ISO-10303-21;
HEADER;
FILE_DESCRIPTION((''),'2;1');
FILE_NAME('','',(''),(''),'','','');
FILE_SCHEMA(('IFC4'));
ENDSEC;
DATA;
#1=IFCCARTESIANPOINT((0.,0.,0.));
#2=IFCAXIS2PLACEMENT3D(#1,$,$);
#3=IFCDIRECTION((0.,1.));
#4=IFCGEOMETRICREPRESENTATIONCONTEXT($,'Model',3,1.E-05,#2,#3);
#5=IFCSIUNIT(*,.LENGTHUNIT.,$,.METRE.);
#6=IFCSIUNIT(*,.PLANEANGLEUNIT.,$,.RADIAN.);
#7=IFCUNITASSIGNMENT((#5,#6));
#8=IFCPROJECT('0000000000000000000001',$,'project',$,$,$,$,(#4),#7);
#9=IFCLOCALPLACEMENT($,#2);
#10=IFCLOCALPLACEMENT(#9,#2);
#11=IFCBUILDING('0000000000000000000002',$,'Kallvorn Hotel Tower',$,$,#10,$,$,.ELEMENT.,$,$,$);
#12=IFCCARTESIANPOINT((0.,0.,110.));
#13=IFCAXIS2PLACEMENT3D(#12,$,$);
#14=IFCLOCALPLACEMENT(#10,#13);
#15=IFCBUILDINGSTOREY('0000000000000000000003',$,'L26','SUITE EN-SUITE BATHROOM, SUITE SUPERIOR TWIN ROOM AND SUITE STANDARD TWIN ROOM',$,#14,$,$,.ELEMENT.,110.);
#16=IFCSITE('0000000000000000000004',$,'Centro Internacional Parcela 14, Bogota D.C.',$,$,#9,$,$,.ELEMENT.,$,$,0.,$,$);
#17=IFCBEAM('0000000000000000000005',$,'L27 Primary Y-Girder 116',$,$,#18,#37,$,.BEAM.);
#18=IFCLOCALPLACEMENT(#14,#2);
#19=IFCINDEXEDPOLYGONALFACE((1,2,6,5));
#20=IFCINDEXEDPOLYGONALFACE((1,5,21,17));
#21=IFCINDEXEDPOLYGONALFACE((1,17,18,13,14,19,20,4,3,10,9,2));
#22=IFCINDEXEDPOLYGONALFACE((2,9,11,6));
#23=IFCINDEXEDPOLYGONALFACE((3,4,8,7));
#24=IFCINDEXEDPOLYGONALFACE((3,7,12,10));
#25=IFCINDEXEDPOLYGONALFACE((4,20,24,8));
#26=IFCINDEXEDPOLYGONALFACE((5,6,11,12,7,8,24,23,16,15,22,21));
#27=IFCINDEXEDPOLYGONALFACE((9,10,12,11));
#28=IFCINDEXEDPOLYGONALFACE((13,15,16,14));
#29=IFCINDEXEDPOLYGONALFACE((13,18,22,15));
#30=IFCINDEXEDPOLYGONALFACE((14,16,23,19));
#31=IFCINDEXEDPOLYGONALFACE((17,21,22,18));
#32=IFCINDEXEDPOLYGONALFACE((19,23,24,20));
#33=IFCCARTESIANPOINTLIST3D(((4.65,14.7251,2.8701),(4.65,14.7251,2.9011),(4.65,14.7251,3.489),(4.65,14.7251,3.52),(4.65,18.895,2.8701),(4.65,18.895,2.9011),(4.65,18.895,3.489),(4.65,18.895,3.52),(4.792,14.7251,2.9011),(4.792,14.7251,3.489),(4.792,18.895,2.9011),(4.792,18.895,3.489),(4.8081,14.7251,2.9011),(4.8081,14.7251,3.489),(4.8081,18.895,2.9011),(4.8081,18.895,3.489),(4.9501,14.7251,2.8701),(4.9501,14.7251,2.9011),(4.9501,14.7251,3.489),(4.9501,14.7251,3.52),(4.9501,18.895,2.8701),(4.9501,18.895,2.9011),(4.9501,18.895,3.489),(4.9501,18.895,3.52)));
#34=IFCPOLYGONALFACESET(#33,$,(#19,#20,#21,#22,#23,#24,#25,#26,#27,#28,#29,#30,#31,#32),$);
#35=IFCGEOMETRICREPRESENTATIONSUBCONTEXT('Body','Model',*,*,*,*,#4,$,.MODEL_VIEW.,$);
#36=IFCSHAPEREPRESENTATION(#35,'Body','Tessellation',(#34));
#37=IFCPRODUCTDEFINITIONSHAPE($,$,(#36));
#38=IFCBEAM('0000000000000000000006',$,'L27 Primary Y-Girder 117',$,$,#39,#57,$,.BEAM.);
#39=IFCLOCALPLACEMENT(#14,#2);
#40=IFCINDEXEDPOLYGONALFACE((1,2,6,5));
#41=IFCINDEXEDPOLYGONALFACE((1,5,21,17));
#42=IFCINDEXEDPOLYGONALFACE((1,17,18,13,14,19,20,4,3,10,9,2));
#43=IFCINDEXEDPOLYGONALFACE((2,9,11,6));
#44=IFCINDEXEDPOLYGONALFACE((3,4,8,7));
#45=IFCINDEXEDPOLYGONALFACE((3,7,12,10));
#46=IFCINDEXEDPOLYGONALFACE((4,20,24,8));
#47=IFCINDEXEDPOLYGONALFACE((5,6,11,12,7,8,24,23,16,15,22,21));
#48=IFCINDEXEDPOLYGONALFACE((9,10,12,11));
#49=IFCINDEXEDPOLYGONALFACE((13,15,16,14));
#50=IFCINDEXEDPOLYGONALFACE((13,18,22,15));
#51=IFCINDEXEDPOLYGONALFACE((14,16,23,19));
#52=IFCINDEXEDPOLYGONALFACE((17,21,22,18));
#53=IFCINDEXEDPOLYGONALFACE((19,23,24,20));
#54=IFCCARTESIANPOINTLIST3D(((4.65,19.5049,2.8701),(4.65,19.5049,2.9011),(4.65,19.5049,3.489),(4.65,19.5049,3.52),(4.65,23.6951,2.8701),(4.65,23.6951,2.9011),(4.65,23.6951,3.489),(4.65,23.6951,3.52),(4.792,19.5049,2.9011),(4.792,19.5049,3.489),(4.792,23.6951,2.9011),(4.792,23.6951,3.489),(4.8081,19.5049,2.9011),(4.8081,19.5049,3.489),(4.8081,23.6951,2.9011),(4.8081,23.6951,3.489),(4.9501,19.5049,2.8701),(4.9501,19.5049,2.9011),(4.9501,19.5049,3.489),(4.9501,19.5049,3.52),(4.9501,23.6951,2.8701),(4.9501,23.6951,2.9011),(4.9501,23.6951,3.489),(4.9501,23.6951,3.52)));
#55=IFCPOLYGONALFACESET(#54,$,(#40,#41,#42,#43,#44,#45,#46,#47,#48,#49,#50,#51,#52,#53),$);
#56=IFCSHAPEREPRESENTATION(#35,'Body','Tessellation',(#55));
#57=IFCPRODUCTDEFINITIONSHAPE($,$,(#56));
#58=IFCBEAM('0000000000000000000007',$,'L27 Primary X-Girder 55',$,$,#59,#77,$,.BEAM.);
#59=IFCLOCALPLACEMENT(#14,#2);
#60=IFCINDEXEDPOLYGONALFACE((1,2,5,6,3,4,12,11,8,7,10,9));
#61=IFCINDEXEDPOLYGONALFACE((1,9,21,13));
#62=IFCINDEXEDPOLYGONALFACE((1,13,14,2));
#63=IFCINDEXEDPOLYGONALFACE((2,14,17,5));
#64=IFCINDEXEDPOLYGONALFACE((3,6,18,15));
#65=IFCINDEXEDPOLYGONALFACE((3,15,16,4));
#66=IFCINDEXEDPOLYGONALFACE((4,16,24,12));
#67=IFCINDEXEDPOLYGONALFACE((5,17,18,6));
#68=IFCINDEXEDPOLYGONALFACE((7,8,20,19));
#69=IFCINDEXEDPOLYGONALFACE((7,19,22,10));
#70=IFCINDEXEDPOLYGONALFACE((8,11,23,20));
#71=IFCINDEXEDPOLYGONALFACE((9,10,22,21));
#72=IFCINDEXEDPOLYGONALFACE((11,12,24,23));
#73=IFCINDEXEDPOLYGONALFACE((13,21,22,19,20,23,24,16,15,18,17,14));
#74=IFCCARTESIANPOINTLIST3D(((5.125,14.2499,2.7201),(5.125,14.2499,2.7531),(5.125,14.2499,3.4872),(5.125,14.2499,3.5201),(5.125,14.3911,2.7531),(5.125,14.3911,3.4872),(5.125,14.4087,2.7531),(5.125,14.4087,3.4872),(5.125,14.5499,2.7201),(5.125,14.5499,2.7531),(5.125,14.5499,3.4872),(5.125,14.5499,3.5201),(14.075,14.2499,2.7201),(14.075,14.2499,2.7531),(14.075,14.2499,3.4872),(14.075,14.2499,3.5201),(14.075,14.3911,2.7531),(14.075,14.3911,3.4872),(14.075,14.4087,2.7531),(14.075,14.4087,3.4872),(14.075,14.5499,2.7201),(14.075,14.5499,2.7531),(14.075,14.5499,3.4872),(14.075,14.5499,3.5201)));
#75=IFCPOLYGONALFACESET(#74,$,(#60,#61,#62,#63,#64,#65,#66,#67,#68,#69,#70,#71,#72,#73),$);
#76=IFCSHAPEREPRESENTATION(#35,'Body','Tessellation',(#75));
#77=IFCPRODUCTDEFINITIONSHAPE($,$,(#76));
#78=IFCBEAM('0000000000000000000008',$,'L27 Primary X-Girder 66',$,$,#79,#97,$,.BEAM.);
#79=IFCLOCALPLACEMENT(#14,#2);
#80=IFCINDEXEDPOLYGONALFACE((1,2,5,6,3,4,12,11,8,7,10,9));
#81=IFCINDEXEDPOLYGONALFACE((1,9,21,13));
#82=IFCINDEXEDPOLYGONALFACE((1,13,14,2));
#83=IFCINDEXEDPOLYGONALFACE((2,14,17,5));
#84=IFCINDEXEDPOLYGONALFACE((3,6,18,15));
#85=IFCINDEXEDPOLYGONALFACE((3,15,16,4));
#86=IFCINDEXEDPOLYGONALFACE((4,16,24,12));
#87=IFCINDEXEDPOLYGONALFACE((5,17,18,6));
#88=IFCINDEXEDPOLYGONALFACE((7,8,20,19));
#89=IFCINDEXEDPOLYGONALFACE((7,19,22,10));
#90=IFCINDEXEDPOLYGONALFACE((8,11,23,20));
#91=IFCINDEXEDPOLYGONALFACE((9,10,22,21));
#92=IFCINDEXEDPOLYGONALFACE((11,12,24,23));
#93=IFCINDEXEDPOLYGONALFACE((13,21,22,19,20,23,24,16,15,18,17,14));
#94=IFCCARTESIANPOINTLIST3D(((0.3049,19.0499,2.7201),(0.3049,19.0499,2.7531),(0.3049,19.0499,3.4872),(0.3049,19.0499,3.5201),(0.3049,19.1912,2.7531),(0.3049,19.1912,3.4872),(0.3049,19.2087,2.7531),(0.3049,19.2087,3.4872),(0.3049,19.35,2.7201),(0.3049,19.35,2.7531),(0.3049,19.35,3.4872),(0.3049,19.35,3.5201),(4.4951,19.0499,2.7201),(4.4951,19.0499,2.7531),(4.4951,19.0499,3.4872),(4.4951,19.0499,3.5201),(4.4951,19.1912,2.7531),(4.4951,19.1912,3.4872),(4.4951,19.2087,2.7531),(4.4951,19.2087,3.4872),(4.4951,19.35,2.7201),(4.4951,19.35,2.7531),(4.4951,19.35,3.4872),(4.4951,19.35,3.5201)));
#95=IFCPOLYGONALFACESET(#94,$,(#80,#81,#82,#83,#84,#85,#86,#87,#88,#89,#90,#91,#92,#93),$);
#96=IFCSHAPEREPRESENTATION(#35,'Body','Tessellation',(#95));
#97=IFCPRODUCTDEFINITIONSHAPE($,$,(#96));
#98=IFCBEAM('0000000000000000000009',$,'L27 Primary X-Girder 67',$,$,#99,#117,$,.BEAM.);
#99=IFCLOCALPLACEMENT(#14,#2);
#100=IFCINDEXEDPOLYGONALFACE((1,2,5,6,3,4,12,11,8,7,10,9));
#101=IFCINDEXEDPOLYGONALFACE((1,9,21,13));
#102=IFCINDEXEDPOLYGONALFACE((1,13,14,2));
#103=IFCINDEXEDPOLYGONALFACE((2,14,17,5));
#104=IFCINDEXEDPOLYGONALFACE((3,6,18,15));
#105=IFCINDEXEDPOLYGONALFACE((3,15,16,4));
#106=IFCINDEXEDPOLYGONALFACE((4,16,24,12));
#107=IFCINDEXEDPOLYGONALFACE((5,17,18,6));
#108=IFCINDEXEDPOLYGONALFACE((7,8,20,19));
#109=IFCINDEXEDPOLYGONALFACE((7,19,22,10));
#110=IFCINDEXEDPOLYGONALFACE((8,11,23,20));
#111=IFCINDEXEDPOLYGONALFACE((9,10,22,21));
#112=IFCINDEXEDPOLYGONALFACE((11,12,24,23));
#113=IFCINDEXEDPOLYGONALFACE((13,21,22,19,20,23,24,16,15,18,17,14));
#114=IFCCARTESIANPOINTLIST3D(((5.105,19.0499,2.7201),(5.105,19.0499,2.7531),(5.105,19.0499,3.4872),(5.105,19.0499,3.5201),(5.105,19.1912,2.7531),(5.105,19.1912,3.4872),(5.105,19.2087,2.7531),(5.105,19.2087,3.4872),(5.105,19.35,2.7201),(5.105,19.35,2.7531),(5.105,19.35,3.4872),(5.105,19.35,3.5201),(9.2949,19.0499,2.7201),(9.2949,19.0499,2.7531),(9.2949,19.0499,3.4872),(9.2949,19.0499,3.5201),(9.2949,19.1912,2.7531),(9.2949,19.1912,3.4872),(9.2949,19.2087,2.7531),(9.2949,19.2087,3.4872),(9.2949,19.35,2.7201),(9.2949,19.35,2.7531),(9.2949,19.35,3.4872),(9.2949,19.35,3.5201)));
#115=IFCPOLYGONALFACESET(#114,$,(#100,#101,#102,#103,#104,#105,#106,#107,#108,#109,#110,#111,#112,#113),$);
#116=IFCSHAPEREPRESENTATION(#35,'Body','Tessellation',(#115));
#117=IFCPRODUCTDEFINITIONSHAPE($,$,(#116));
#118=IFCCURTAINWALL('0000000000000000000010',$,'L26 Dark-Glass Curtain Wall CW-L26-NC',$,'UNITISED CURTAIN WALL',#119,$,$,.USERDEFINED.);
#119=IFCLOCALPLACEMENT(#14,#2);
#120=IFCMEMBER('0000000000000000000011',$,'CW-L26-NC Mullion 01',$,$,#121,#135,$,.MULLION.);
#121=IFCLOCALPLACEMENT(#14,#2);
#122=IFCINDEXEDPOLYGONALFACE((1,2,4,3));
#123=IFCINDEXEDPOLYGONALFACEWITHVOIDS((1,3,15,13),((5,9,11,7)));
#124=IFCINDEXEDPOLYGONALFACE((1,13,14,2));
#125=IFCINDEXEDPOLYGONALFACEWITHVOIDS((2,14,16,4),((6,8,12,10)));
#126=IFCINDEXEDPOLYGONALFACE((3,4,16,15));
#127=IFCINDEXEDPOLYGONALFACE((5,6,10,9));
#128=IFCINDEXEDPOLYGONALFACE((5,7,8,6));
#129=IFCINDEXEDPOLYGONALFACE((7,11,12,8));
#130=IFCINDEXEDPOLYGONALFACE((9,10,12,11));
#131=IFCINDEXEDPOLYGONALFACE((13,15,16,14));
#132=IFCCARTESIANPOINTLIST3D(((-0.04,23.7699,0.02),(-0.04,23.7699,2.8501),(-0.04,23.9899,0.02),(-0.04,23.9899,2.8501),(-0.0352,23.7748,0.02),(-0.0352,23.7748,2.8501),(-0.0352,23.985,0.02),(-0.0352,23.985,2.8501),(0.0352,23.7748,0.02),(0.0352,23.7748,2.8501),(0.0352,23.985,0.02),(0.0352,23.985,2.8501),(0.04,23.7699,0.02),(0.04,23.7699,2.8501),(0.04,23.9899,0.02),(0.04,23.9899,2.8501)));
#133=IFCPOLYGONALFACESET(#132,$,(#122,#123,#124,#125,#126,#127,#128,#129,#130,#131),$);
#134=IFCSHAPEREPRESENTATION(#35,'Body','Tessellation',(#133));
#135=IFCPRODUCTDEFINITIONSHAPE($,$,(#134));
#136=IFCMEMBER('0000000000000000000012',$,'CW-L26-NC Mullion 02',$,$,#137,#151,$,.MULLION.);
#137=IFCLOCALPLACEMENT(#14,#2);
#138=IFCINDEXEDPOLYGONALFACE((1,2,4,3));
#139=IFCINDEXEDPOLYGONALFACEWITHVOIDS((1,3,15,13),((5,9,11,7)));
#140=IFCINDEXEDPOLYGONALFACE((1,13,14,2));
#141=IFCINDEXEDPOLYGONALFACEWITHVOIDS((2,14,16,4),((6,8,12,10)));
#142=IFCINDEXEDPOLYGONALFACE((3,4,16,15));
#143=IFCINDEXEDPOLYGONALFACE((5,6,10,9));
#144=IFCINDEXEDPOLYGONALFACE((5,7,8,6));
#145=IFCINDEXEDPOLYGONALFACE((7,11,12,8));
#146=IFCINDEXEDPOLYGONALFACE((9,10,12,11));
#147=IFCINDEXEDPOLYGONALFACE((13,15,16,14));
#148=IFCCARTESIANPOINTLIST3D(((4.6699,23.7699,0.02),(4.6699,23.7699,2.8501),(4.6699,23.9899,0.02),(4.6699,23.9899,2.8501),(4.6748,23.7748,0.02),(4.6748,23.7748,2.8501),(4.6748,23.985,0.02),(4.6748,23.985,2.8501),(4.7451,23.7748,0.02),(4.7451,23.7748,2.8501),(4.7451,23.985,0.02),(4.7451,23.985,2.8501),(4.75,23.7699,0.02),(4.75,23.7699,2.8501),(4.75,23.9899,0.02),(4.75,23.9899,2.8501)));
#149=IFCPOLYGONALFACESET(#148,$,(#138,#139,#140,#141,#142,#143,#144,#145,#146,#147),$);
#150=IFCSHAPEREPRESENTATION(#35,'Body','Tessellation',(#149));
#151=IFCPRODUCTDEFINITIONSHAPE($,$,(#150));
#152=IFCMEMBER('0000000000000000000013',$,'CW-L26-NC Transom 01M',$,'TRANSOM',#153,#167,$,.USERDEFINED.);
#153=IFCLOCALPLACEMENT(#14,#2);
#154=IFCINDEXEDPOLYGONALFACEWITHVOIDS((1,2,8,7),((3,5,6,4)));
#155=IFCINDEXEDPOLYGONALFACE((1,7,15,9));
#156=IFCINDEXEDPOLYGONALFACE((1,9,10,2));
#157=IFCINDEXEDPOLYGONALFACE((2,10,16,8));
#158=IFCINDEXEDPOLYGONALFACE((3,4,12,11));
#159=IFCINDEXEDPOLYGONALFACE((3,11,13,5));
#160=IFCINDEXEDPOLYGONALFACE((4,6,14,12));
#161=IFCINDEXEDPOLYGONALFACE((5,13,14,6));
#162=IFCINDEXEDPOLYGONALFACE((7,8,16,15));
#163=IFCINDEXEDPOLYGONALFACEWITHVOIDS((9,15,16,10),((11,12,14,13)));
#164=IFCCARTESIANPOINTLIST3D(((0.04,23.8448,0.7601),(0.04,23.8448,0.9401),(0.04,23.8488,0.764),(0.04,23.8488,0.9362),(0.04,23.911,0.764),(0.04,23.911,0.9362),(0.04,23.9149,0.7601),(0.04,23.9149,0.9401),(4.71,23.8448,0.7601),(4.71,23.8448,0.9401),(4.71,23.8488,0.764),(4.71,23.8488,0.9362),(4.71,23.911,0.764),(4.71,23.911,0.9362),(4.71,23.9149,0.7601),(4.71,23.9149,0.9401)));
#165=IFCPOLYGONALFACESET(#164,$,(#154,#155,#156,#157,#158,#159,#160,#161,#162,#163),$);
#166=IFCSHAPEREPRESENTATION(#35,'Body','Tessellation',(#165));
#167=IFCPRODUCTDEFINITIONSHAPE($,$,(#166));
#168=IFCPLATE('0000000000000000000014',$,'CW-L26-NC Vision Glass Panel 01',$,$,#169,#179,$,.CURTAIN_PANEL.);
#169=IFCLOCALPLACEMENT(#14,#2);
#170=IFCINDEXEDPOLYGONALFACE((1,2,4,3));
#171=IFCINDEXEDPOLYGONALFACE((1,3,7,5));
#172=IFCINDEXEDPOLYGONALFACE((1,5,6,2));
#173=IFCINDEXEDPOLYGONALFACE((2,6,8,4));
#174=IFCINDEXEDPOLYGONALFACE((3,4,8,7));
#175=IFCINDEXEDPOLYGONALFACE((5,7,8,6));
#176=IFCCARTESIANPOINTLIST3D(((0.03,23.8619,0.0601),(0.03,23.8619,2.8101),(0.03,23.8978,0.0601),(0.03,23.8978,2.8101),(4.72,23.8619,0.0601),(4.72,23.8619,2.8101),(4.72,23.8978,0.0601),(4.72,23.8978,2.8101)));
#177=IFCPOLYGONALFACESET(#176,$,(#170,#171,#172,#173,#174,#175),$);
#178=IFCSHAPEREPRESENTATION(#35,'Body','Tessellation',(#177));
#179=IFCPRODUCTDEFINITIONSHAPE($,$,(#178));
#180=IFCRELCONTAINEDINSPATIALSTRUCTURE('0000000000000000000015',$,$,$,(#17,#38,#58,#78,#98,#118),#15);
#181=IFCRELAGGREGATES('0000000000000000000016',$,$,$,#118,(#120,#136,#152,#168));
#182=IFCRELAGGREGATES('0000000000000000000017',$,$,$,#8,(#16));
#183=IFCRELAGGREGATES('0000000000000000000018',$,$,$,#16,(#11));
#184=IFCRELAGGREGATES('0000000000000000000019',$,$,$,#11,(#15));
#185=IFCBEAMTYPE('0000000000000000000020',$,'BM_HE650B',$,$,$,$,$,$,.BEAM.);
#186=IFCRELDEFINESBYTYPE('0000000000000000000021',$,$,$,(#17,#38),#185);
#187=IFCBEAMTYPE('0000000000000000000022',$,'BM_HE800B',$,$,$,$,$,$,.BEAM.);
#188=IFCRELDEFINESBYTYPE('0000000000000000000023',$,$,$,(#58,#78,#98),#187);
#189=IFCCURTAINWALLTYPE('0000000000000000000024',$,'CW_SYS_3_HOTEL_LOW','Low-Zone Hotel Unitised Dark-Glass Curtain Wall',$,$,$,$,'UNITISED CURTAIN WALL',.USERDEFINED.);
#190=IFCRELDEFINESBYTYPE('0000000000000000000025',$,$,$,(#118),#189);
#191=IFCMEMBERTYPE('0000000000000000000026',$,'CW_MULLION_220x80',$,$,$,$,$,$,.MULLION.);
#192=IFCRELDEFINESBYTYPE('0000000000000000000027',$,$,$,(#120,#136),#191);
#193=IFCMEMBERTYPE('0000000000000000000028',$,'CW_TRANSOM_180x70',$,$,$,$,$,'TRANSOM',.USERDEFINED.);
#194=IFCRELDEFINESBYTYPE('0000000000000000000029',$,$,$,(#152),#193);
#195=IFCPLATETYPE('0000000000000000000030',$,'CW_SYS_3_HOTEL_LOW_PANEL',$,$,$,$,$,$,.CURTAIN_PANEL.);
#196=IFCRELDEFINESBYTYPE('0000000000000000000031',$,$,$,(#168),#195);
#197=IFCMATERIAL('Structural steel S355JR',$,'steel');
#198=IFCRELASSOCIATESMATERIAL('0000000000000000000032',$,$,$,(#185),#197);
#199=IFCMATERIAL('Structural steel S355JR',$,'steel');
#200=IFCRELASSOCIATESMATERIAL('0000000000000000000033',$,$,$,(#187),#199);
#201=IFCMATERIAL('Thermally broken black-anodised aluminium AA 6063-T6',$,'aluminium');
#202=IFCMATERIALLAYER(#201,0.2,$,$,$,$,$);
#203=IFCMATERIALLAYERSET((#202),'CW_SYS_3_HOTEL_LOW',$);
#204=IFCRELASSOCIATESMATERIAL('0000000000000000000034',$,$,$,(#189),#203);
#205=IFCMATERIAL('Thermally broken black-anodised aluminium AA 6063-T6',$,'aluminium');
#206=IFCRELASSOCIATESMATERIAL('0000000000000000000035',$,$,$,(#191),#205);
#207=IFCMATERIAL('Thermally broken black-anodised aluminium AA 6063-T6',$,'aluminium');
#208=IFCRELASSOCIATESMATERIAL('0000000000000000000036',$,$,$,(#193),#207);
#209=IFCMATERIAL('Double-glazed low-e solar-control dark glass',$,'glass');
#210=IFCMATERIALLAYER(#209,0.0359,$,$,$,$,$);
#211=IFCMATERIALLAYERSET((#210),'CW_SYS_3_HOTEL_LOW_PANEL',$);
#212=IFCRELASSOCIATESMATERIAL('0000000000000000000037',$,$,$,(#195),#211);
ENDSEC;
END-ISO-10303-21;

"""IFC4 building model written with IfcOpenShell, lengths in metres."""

from ifc_helpers import new_model, si_unit, direction, frame, origin, origin_2d, place, context, subcontext, project, spatial, rectangle, hollow_rectangle, i_section, extrude, material, layer, layer_set, material_profile, profile_set, type_object, element, aggregate, save


model = new_model("IFC4")

# Units and contexts
model_context = context("Model", 3, precision=1e-05, world=origin(), true_north=direction((0.0, 1.0)))
body_context = subcontext(model_context, "Body", "Model", "MODEL_VIEW")
ifc_project = project(units=[si_unit("LENGTHUNIT", "METRE"), si_unit("PLANEANGLEUNIT", "RADIAN")], contexts=[model_context])

# Site, building, storey
site_placement = place(None, origin())
site = spatial("IfcSite", under=ifc_project, at=site_placement, Name="Centro Internacional Parcela 14, Bogota D.C.", CompositionType="ELEMENT", RefElevation=0.0)
building_placement = place(site_placement, origin())
building = spatial("IfcBuilding", under=site, at=building_placement, Name="Kallvorn Hotel Tower", CompositionType="ELEMENT")
storey_placement = place(building_placement, frame((0.0, 0.0, 110.0)))
storey = spatial("IfcBuildingStorey", under=building, at=storey_placement, Name="L26", Description="SUITE EN-SUITE BATHROOM, SUITE SUPERIOR TWIN ROOM AND SUITE STANDARD TWIN ROOM", CompositionType="ELEMENT", Elevation=110.0)

# Beams
ifc_material_1 = material(Name="Structural steel S355JR", Category="steel")
ifc_material_profile_1 = material_profile(ifc_material_1, i_section(OverallWidth=0.3, OverallDepth=0.6499, WebThickness=0.0161, FlangeThickness=0.031, at=origin_2d()), Name="HE 650 B")
ifc_profile_set_1 = profile_set([ifc_material_profile_1], Name="Structural steel S355JR")
beam_type_1 = type_object("IfcBeamType", Name="BM_HE650B", PredefinedType="BEAM", material=ifc_profile_set_1)
beam_1_placement = place(storey_placement, frame((4.8, 14.7251, 3.1951), z_axis=(0.0, 1.0, 0.0), x_axis=(-1.0, 0.0, 0.0)))
element("IfcBeam", 1, at=beam_1_placement, inside=storey, type_object=beam_type_1, Name="L27 Primary Y-Girder 116", PredefinedType="BEAM", context=body_context, shape_type="SweptSolid", body=[
    extrude(i_section(OverallWidth=0.3, OverallDepth=0.6499, WebThickness=0.0161, FlangeThickness=0.031, at=origin_2d()), origin(), (0.0, 0.0, 1.0), 4.1699),
])
beam_2_placement = place(storey_placement, frame((4.8, 19.5049, 3.1951), z_axis=(0.0, 1.0, 0.0), x_axis=(-1.0, 0.0, 0.0)))
element("IfcBeam", 2, at=beam_2_placement, inside=storey, type_object=beam_type_1, Name="L27 Primary Y-Girder 117", PredefinedType="BEAM", context=body_context, shape_type="SweptSolid", body=[
    extrude(i_section(OverallWidth=0.3, OverallDepth=0.6499, WebThickness=0.0161, FlangeThickness=0.031, at=origin_2d()), origin(), (0.0, 0.0, 1.0), 4.1902),
])
ifc_material_2 = material(Name="Structural steel S355JR", Category="steel")
ifc_material_profile_2 = material_profile(ifc_material_2, i_section(OverallWidth=0.3, OverallDepth=0.8, WebThickness=0.0176, FlangeThickness=0.033, at=origin_2d()), Name="HE 800 B")
ifc_profile_set_2 = profile_set([ifc_material_profile_2], Name="Structural steel S355JR")
beam_type_2 = type_object("IfcBeamType", Name="BM_HE800B", PredefinedType="BEAM", material=ifc_profile_set_2)
beam_3_placement = place(storey_placement, frame((5.125, 14.3999, 3.1201), z_axis=(1.0, 0.0, 0.0), x_axis=(0.0, 1.0, 0.0)))
element("IfcBeam", 3, at=beam_3_placement, inside=storey, type_object=beam_type_2, Name="L27 Primary X-Girder 55", PredefinedType="BEAM", context=body_context, shape_type="SweptSolid", body=[
    extrude(i_section(OverallWidth=0.3, OverallDepth=0.8, WebThickness=0.0176, FlangeThickness=0.033, at=origin_2d()), origin(), (0.0, 0.0, 1.0), 8.95),
])
beam_4_placement = place(storey_placement, frame((0.3049, 19.2, 3.1201), z_axis=(1.0, 0.0, 0.0), x_axis=(0.0, 1.0, 0.0)))
element("IfcBeam", 4, at=beam_4_placement, inside=storey, type_object=beam_type_2, Name="L27 Primary X-Girder 66", PredefinedType="BEAM", context=body_context, shape_type="SweptSolid", body=[
    extrude(i_section(OverallWidth=0.3, OverallDepth=0.8, WebThickness=0.0176, FlangeThickness=0.033, at=origin_2d()), origin(), (0.0, 0.0, 1.0), 4.1902),
])
beam_5_placement = place(storey_placement, frame((5.105, 19.2, 3.1201), z_axis=(1.0, 0.0, 0.0), x_axis=(0.0, 1.0, 0.0)))
element("IfcBeam", 5, at=beam_5_placement, inside=storey, type_object=beam_type_2, Name="L27 Primary X-Girder 67", PredefinedType="BEAM", context=body_context, shape_type="SweptSolid", body=[
    extrude(i_section(OverallWidth=0.3, OverallDepth=0.8, WebThickness=0.0176, FlangeThickness=0.033, at=origin_2d()), origin(), (0.0, 0.0, 1.0), 4.1899),
])

# Curtain wall, members, plate
ifc_material_3 = material(Name="Thermally broken black-anodised aluminium AA 6063-T6", Category="aluminium")
ifc_layer_1 = layer(ifc_material_3, 0.2)
ifc_layer_set_1 = layer_set([ifc_layer_1], Name="CW_SYS_3_HOTEL_LOW")
curtain_wall_type = type_object("IfcCurtainWallType", Name="CW_SYS_3_HOTEL_LOW", Description="Low-Zone Hotel Unitised Dark-Glass Curtain Wall", ElementType="UNITISED CURTAIN WALL", PredefinedType="USERDEFINED", material=ifc_layer_set_1)
curtain_wall_placement = place(storey_placement, origin())
curtain_wall = element("IfcCurtainWall", 6, at=curtain_wall_placement, inside=storey, type_object=curtain_wall_type, Name="L26 Dark-Glass Curtain Wall CW-L26-NC", ObjectType="UNITISED CURTAIN WALL", PredefinedType="USERDEFINED")
ifc_material_4 = material(Name="Thermally broken black-anodised aluminium AA 6063-T6", Category="aluminium")
ifc_material_profile_3 = material_profile(ifc_material_4, hollow_rectangle(XDim=0.0801, YDim=0.22, WallThickness=0.0049, at=origin_2d()), Name="MUL 220x80")
ifc_profile_set_3 = profile_set([ifc_material_profile_3], Name="Thermally broken black-anodised aluminium AA 6063-T6")
member_type_1 = type_object("IfcMemberType", Name="CW_MULLION_220x80", PredefinedType="MULLION", material=ifc_profile_set_3)
member_1_placement = place(storey_placement, frame((0.0, 23.8799, 0.02), z_axis=(0.0, 0.0, 1.0), x_axis=(1.0, 0.0, 0.0)))
member_1 = element("IfcMember", 7, at=member_1_placement, type_object=member_type_1, Name="CW-L26-NC Mullion 01", PredefinedType="MULLION", context=body_context, shape_type="SweptSolid", body=[
    extrude(hollow_rectangle(XDim=0.0801, YDim=0.22, WallThickness=0.0049, at=origin_2d()), origin(), (0.0, 0.0, 1.0), 2.8301),
])
member_2_placement = place(storey_placement, frame((4.71, 23.8799, 0.02), z_axis=(0.0, 0.0, 1.0), x_axis=(1.0, 0.0, 0.0)))
member_2 = element("IfcMember", 8, at=member_2_placement, type_object=member_type_1, Name="CW-L26-NC Mullion 02", PredefinedType="MULLION", context=body_context, shape_type="SweptSolid", body=[
    extrude(hollow_rectangle(XDim=0.0801, YDim=0.22, WallThickness=0.0049, at=origin_2d()), origin(), (0.0, 0.0, 1.0), 2.8301),
])
ifc_material_5 = material(Name="Thermally broken black-anodised aluminium AA 6063-T6", Category="aluminium")
ifc_material_profile_4 = material_profile(ifc_material_5, hollow_rectangle(XDim=0.0701, YDim=0.1799, WallThickness=0.0039, at=origin_2d()), Name="TRN 180x70")
ifc_profile_set_4 = profile_set([ifc_material_profile_4], Name="Thermally broken black-anodised aluminium AA 6063-T6")
member_type_2 = type_object("IfcMemberType", Name="CW_TRANSOM_180x70", ElementType="TRANSOM", PredefinedType="USERDEFINED", material=ifc_profile_set_4)
member_3_placement = place(storey_placement, frame((0.04, 23.8799, 0.8501), z_axis=(1.0, 0.0, 0.0), x_axis=(0.0, 1.0, 0.0)))
member_3 = element("IfcMember", 9, at=member_3_placement, type_object=member_type_2, Name="CW-L26-NC Transom 01M", ObjectType="TRANSOM", PredefinedType="USERDEFINED", context=body_context, shape_type="SweptSolid", body=[
    extrude(hollow_rectangle(XDim=0.0701, YDim=0.1799, WallThickness=0.0039, at=origin_2d()), origin(), (0.0, 0.0, 1.0), 4.6699),
])
ifc_material_6 = material(Name="Double-glazed low-e solar-control dark glass", Category="glass")
ifc_layer_2 = layer(ifc_material_6, 0.0359)
ifc_layer_set_2 = layer_set([ifc_layer_2], Name="CW_SYS_3_HOTEL_LOW_PANEL")
plate_type = type_object("IfcPlateType", Name="CW_SYS_3_HOTEL_LOW_PANEL", PredefinedType="CURTAIN_PANEL", material=ifc_layer_set_2)
plate_placement = place(storey_placement, frame((2.375, 23.8799, 0.0601), z_axis=(0.0, 0.0, 1.0), x_axis=(1.0, 0.0, 0.0)))
plate = element("IfcPlate", 10, at=plate_placement, type_object=plate_type, Name="CW-L26-NC Vision Glass Panel 01", PredefinedType="CURTAIN_PANEL", context=body_context, shape_type="SweptSolid", body=[
    extrude(rectangle(XDim=4.6899, YDim=0.0359, at=origin_2d()), origin(), (0.0, 0.0, 1.0), 2.75),
])
aggregate(curtain_wall, [member_1, member_2, member_3, plate])

save(model, "model.ifc")
